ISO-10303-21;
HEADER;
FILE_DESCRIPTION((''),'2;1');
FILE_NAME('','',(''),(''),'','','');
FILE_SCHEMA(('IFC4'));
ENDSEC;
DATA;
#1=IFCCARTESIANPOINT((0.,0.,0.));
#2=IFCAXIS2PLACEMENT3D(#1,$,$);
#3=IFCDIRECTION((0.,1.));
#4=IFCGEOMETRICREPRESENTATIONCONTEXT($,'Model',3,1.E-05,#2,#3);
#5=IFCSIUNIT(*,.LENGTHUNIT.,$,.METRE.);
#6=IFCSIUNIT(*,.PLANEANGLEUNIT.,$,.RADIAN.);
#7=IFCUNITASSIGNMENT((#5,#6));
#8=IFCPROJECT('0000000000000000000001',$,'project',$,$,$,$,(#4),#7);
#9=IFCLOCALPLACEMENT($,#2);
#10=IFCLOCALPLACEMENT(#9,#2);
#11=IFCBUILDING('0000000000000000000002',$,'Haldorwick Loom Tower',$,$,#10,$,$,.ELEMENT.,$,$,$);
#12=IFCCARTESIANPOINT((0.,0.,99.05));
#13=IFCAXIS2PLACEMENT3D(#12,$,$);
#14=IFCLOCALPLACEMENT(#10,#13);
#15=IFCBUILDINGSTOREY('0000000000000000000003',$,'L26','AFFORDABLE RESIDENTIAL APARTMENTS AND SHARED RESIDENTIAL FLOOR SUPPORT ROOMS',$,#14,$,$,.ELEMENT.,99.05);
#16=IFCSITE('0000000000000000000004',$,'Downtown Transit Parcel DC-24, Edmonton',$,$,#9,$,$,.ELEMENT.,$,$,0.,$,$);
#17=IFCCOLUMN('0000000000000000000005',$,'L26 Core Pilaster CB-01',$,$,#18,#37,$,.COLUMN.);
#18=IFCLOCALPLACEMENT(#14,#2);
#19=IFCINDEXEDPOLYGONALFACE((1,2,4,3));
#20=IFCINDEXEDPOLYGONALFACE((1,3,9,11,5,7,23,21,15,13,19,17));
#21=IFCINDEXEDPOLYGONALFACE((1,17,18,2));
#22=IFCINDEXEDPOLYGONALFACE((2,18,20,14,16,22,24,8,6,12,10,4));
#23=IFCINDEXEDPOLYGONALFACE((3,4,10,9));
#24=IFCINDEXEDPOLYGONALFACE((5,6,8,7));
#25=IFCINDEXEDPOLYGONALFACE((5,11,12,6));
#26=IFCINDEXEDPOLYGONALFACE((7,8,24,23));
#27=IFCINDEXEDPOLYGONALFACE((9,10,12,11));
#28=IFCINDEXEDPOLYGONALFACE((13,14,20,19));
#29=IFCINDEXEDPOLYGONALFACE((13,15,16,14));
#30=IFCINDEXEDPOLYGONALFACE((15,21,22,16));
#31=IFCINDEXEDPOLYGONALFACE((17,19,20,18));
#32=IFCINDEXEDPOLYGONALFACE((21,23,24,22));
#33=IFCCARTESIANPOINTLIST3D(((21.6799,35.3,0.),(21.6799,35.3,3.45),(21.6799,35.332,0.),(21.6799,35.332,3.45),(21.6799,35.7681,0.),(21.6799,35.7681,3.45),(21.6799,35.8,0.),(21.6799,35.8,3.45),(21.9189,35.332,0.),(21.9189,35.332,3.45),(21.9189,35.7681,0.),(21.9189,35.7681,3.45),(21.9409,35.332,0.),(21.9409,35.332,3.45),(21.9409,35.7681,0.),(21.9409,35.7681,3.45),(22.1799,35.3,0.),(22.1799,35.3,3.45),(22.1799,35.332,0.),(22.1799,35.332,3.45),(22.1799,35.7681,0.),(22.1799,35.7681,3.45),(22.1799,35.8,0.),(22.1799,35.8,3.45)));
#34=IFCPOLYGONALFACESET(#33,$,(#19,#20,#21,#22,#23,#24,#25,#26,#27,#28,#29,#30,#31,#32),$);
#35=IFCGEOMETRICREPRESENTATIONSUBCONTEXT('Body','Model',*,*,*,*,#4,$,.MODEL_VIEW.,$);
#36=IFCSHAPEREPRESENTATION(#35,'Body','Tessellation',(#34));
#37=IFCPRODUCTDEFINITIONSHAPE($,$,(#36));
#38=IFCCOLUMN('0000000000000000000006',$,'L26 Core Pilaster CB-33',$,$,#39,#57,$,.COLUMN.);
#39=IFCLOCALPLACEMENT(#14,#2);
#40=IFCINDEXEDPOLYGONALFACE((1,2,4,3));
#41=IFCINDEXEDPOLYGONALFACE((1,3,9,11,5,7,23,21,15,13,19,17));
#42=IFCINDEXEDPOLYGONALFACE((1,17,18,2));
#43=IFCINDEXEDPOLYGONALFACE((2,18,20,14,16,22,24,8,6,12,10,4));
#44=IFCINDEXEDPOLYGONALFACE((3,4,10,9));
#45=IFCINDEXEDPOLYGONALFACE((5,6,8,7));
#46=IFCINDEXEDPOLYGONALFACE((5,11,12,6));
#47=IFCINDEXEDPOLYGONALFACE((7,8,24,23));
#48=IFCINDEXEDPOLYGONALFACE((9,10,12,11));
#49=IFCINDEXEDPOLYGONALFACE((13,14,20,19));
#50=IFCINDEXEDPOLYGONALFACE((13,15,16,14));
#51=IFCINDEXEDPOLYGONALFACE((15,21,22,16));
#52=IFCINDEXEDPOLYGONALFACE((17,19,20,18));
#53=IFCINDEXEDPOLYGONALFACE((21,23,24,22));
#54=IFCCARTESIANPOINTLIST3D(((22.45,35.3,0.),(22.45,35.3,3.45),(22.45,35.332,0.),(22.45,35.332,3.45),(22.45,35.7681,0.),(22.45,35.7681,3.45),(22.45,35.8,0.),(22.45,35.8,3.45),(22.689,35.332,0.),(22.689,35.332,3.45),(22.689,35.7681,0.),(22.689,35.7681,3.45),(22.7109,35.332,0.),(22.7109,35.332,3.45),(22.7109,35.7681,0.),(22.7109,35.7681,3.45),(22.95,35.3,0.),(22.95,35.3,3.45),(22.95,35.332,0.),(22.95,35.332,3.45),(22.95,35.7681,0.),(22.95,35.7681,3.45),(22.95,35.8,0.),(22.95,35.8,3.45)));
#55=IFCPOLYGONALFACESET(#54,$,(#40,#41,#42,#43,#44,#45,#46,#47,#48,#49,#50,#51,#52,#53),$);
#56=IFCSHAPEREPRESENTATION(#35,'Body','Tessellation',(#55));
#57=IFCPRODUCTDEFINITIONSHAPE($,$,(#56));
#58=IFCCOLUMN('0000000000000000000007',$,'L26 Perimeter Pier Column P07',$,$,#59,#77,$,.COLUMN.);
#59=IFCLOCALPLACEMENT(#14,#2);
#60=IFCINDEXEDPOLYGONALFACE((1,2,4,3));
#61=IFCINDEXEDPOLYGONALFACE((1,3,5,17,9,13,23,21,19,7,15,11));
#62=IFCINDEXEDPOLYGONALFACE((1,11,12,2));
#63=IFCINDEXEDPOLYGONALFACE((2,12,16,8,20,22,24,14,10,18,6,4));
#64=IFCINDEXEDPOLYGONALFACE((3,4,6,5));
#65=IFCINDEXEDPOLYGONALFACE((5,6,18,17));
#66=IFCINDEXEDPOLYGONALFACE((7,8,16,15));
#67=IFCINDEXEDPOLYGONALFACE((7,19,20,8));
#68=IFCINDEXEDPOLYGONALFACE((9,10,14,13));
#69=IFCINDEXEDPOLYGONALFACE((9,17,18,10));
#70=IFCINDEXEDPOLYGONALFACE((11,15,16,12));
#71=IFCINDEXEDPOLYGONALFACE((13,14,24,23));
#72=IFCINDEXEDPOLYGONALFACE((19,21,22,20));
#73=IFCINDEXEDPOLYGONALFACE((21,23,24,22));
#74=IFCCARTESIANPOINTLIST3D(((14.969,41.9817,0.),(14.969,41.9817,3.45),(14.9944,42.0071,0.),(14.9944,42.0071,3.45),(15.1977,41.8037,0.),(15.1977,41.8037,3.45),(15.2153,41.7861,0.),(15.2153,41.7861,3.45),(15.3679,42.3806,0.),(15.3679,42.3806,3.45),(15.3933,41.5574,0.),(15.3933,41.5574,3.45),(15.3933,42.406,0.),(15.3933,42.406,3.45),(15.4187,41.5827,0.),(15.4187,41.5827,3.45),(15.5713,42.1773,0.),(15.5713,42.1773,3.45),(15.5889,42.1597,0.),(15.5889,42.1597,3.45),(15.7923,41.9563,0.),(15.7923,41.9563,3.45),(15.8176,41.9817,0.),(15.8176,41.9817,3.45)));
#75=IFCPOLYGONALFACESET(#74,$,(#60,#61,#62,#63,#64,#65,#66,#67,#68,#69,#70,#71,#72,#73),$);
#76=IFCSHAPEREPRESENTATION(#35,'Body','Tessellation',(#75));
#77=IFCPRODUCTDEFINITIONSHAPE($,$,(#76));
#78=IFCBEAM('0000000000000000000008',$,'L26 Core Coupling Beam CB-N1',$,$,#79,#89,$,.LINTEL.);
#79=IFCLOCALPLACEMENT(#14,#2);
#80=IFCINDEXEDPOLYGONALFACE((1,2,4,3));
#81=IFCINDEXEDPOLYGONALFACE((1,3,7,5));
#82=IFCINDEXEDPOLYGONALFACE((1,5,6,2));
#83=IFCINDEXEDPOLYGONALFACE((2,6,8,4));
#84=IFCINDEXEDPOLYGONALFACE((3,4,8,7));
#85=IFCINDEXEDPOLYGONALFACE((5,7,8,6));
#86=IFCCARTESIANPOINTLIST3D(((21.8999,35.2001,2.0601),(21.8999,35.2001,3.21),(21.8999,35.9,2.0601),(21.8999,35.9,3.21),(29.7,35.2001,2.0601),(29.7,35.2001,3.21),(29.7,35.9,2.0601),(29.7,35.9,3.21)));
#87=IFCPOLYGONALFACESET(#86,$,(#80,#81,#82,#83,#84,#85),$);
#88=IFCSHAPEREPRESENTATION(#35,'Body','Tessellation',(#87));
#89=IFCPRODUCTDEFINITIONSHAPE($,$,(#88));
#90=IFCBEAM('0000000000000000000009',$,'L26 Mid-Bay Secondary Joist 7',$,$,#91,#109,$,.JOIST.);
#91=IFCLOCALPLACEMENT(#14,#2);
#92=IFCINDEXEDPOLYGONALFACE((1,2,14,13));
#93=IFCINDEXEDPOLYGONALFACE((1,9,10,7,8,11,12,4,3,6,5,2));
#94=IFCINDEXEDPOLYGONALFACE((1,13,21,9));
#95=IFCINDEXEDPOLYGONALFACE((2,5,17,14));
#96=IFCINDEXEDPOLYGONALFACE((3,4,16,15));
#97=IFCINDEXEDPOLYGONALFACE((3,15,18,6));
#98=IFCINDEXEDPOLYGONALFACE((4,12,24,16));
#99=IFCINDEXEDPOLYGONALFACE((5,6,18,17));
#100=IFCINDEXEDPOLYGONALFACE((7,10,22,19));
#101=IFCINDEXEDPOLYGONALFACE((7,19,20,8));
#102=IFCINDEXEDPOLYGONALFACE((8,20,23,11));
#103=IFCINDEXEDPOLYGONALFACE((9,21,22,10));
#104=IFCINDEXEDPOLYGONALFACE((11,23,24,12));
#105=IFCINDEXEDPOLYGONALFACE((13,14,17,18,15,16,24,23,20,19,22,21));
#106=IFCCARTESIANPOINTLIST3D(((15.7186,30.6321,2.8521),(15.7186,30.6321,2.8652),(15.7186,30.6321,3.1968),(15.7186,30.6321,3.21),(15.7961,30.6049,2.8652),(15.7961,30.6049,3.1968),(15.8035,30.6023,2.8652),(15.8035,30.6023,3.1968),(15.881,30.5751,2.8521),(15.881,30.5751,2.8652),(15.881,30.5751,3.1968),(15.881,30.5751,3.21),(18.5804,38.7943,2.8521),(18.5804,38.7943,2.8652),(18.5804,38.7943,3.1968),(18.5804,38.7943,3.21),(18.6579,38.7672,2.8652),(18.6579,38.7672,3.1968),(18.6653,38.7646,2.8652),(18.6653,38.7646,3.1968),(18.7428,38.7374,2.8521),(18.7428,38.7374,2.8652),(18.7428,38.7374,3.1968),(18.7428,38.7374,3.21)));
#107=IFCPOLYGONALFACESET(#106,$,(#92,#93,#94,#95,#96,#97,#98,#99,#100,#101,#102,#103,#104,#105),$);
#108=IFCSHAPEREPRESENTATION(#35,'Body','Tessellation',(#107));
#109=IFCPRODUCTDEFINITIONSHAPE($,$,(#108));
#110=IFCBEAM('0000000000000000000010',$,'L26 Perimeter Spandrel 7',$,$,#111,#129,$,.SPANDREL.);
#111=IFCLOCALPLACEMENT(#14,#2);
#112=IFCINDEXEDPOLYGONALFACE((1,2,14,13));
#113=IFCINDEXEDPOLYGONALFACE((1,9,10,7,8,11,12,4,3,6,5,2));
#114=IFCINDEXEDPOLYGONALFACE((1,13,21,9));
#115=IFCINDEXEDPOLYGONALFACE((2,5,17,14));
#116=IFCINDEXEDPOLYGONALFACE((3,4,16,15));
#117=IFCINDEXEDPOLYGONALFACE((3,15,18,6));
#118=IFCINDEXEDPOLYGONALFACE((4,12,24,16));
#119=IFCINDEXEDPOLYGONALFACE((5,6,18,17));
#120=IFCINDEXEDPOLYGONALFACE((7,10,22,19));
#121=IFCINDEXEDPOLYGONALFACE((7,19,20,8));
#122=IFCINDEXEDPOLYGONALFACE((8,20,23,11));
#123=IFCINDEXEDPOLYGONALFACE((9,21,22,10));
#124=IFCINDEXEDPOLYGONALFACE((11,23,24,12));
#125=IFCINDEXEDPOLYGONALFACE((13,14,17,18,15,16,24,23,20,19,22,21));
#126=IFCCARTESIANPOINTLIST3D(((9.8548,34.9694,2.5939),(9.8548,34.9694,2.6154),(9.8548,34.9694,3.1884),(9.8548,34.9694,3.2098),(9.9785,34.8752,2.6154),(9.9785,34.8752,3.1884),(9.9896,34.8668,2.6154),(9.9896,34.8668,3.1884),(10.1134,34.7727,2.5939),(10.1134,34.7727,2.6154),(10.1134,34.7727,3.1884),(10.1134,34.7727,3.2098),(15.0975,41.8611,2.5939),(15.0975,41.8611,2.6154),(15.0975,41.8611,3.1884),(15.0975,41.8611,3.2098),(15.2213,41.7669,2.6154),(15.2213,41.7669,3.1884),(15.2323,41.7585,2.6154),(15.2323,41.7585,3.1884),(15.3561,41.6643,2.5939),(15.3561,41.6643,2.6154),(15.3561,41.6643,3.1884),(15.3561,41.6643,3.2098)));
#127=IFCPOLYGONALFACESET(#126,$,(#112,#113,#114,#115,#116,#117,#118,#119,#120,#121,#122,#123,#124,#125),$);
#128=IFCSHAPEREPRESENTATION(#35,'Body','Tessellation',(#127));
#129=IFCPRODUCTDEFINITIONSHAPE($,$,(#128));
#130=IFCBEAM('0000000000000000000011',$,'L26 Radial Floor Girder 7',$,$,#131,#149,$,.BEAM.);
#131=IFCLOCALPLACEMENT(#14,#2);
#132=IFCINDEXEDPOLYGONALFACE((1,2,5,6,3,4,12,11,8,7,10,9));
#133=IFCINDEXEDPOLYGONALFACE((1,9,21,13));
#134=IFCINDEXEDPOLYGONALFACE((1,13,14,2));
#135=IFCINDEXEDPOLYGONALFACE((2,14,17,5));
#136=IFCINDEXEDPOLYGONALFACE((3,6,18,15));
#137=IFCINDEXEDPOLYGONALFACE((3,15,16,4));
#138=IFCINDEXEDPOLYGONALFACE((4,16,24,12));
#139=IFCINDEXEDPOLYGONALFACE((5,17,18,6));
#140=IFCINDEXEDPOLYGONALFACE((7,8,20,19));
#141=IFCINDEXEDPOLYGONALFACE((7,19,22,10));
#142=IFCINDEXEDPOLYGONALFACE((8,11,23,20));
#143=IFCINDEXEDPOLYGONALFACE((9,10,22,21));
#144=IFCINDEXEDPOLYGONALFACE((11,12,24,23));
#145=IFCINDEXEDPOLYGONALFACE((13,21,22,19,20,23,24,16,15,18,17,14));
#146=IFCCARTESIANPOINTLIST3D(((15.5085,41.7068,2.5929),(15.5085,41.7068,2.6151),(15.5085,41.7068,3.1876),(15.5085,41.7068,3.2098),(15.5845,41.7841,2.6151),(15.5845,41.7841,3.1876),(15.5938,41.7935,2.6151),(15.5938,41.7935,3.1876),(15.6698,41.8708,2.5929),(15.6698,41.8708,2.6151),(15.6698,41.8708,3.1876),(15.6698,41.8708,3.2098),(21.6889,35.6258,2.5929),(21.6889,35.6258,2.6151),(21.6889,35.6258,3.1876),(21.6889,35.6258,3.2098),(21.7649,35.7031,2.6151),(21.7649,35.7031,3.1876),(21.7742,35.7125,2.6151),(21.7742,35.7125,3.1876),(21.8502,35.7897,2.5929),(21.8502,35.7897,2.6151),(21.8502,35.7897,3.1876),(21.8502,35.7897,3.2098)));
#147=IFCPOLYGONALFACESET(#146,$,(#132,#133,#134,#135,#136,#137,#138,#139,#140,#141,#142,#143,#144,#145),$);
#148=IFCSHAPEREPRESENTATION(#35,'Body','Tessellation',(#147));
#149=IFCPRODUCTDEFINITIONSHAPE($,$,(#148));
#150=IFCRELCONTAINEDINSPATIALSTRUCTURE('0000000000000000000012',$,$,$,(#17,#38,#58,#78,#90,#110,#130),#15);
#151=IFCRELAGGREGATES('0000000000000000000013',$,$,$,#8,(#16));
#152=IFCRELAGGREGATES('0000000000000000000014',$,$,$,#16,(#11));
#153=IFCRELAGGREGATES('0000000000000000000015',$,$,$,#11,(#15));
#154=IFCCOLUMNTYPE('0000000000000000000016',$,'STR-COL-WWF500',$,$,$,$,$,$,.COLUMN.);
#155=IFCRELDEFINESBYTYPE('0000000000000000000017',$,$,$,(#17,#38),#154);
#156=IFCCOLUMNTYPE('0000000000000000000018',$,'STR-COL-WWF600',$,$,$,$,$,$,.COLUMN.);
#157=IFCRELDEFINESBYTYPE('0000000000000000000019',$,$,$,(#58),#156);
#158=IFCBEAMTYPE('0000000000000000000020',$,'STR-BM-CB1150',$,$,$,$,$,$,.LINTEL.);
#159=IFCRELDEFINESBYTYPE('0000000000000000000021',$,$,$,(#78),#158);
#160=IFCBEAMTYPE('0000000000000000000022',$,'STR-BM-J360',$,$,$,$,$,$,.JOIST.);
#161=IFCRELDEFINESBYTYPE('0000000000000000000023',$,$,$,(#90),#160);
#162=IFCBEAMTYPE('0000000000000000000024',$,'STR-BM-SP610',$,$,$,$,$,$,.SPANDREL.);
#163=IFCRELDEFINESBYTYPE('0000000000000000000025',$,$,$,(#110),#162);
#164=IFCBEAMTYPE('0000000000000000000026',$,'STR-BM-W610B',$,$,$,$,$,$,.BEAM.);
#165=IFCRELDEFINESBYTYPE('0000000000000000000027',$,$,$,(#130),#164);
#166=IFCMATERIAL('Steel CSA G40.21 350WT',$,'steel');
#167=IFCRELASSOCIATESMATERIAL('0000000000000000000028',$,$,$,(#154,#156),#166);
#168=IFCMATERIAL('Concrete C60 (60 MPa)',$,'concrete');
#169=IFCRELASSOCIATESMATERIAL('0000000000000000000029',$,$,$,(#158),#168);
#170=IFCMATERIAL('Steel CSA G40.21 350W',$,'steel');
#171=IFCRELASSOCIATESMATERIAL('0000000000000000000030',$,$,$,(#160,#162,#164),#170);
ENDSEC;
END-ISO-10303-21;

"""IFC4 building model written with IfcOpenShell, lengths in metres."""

from ifc_helpers import new_model, si_unit, direction, frame, origin, origin_2d, place, context, subcontext, project, spatial, rectangle, i_section, extrude, material, material_profile, profile_set, type_object, element, save


model = new_model("IFC4")

# Units and contexts
model_context = context("Model", 3, precision=1e-05, world=origin(), true_north=direction((0.0, 1.0)))
body_context = subcontext(model_context, "Body", "Model", "MODEL_VIEW")
ifc_project = project(units=[si_unit("LENGTHUNIT", "METRE"), si_unit("PLANEANGLEUNIT", "RADIAN")], contexts=[model_context])

# Site, building, storey
site_placement = place(None, origin())
site = spatial("IfcSite", under=ifc_project, at=site_placement, Name="Downtown Transit Parcel DC-24, Edmonton", CompositionType="ELEMENT", RefElevation=0.0)
building_placement = place(site_placement, origin())
building = spatial("IfcBuilding", under=site, at=building_placement, Name="Haldorwick Loom Tower", CompositionType="ELEMENT")
storey_placement = place(building_placement, frame((0.0, 0.0, 99.05)))
storey = spatial("IfcBuildingStorey", under=building, at=storey_placement, Name="L26", Description="AFFORDABLE RESIDENTIAL APARTMENTS AND SHARED RESIDENTIAL FLOOR SUPPORT ROOMS", CompositionType="ELEMENT", Elevation=99.05)

# Columns
ifc_material_1 = material(Name="Steel CSA G40.21 350WT", Category="steel")
ifc_material_profile_1 = material_profile(ifc_material_1, i_section(OverallWidth=0.5, OverallDepth=0.5, WebThickness=0.022, FlangeThickness=0.032, at=origin_2d()), Name="WWF500X500", Category="steel")
ifc_profile_set_1 = profile_set([ifc_material_profile_1], Name="Steel CSA G40.21 350WT")
column_type_1 = type_object("IfcColumnType", Name="STR-COL-WWF500", PredefinedType="COLUMN", material=ifc_profile_set_1)
for number, where, z_axis, x_axis, name in (
    (1, (21.9299, 35.55, 0.0), (0.0, 0.0, 1.0), (1.0, 0.0, 0.0), "L26 Core Pilaster CB-01"),
    (2, (22.7, 35.55, 0.0), (0.0, 0.0, 1.0), (1.0, 0.0, 0.0), "L26 Core Pilaster CB-33"),
):
    element("IfcColumn", number, at=place(storey_placement, frame(where, z_axis=z_axis, x_axis=x_axis)), inside=storey, type_object=column_type_1, Name=name, PredefinedType="COLUMN", context=body_context, shape_type="SweptSolid", body=[
        extrude(i_section(OverallWidth=0.5, OverallDepth=0.5, WebThickness=0.022, FlangeThickness=0.032, at=origin_2d()), origin(), (0.0, 0.0, 1.0), 3.45),
    ])
ifc_material_profile_2 = material_profile(ifc_material_1, i_section(OverallWidth=0.6001, OverallDepth=0.6001, WebThickness=0.0249, FlangeThickness=0.0359, at=origin_2d()), Name="WWF600X600", Category="steel")
ifc_profile_set_2 = profile_set([ifc_material_profile_2], Name="Steel CSA G40.21 350WT")
column_type_2 = type_object("IfcColumnType", Name="STR-COL-WWF600", PredefinedType="COLUMN", material=ifc_profile_set_2)
column_placement = place(storey_placement, frame((15.3933, 41.9817, 0.0), z_axis=(0.0, 0.0, 1.0), x_axis=(-0.707107, 0.707107, 0.0)))
element("IfcColumn", 3, at=column_placement, inside=storey, type_object=column_type_2, Name="L26 Perimeter Pier Column P07", PredefinedType="COLUMN", context=body_context, shape_type="SweptSolid", body=[
    extrude(i_section(OverallWidth=0.6001, OverallDepth=0.6001, WebThickness=0.0249, FlangeThickness=0.0359, at=origin_2d()), origin(), (0.0, 0.0, 1.0), 3.45),
])

# Beams
ifc_material_2 = material(Name="Concrete C60 (60 MPa)", Category="concrete")
ifc_material_profile_3 = material_profile(ifc_material_2, rectangle(XDim=0.7, YDim=1.1499, at=origin_2d()), Name="RC700X1150", Category="concrete")
ifc_profile_set_3 = profile_set([ifc_material_profile_3], Name="Concrete C60 (60 MPa)")
beam_type_1 = type_object("IfcBeamType", Name="STR-BM-CB1150", PredefinedType="LINTEL", material=ifc_profile_set_3)
beam_1_placement = place(storey_placement, frame((21.8999, 35.55, 2.635), z_axis=(1.0, 0.0, 0.0), x_axis=(0.0, 1.0, 0.0)))
element("IfcBeam", 4, at=beam_1_placement, inside=storey, type_object=beam_type_1, Name="L26 Core Coupling Beam CB-N1", PredefinedType="LINTEL", context=body_context, shape_type="SweptSolid", body=[
    extrude(rectangle(XDim=0.7, YDim=1.1499, at=origin_2d()), origin(), (0.0, 0.0, 1.0), 7.8),
])
ifc_material_3 = material(Name="Steel CSA G40.21 350W", Category="steel")
ifc_material_profile_4 = material_profile(ifc_material_3, i_section(OverallWidth=0.1721, OverallDepth=0.3579, WebThickness=0.0078, FlangeThickness=0.0132, at=origin_2d()), Name="W360X57", Category="steel")
ifc_profile_set_4 = profile_set([ifc_material_profile_4], Name="Steel CSA G40.21 350W")
beam_type_2 = type_object("IfcBeamType", Name="STR-BM-J360", PredefinedType="JOIST", material=ifc_profile_set_4)
beam_2_placement = place(storey_placement, frame((18.6616, 38.7659, 3.031), z_axis=(-0.330865, -0.943678, 0.0), x_axis=(0.943678, -0.330865, 0.0)))
element("IfcBeam", 5, at=beam_2_placement, inside=storey, type_object=beam_type_2, Name="L26 Mid-Bay Secondary Joist 7", PredefinedType="JOIST", context=body_context, shape_type="SweptSolid", body=[
    extrude(i_section(OverallWidth=0.1721, OverallDepth=0.3579, WebThickness=0.0078, FlangeThickness=0.0132, at=origin_2d()), origin(), (0.0, 0.0, 1.0), 8.6494),
])
ifc_material_profile_5 = material_profile(ifc_material_3, i_section(OverallWidth=0.325, OverallDepth=0.616, WebThickness=0.0139, FlangeThickness=0.0215, at=origin_2d()), Name="W610X174", Category="steel")
ifc_profile_set_5 = profile_set([ifc_material_profile_5], Name="Steel CSA G40.21 350W")
beam_type_3 = type_object("IfcBeamType", Name="STR-BM-SP610", PredefinedType="SPANDREL", material=ifc_profile_set_5)
beam_3_placement = place(storey_placement, frame((15.2268, 41.7627, 2.9019), z_axis=(-0.605454, -0.795881, 0.0), x_axis=(0.795881, -0.605454, 0.0)))
element("IfcBeam", 6, at=beam_3_placement, inside=storey, type_object=beam_type_3, Name="L26 Perimeter Spandrel 7", PredefinedType="SPANDREL", context=body_context, shape_type="SweptSolid", body=[
    extrude(i_section(OverallWidth=0.325, OverallDepth=0.616, WebThickness=0.0139, FlangeThickness=0.0215, at=origin_2d()), origin(), (0.0, 0.0, 1.0), 8.6592),
])
ifc_material_profile_6 = material_profile(ifc_material_3, i_section(OverallWidth=0.23, OverallDepth=0.6169, WebThickness=0.0132, FlangeThickness=0.0222, at=origin_2d()), Name="W610X140", Category="steel")
ifc_profile_set_6 = profile_set([ifc_material_profile_6], Name="Steel CSA G40.21 350W")
beam_type_4 = type_object("IfcBeamType", Name="STR-BM-W610B", PredefinedType="BEAM", material=ifc_profile_set_6)
beam_4_placement = place(storey_placement, frame((21.7695, 35.7078, 2.9014), z_axis=(-0.712814, 0.701353, 0.0), x_axis=(-0.701353, -0.712814, 0.0)))
element("IfcBeam", 7, at=beam_4_placement, inside=storey, type_object=beam_type_4, Name="L26 Radial Floor Girder 7", PredefinedType="BEAM", context=body_context, shape_type="SweptSolid", body=[
    extrude(i_section(OverallWidth=0.23, OverallDepth=0.6169, WebThickness=0.0132, FlangeThickness=0.0222, at=origin_2d()), origin(), (0.0, 0.0, 1.0), 8.6704),
])

save(model, "model.ifc")
